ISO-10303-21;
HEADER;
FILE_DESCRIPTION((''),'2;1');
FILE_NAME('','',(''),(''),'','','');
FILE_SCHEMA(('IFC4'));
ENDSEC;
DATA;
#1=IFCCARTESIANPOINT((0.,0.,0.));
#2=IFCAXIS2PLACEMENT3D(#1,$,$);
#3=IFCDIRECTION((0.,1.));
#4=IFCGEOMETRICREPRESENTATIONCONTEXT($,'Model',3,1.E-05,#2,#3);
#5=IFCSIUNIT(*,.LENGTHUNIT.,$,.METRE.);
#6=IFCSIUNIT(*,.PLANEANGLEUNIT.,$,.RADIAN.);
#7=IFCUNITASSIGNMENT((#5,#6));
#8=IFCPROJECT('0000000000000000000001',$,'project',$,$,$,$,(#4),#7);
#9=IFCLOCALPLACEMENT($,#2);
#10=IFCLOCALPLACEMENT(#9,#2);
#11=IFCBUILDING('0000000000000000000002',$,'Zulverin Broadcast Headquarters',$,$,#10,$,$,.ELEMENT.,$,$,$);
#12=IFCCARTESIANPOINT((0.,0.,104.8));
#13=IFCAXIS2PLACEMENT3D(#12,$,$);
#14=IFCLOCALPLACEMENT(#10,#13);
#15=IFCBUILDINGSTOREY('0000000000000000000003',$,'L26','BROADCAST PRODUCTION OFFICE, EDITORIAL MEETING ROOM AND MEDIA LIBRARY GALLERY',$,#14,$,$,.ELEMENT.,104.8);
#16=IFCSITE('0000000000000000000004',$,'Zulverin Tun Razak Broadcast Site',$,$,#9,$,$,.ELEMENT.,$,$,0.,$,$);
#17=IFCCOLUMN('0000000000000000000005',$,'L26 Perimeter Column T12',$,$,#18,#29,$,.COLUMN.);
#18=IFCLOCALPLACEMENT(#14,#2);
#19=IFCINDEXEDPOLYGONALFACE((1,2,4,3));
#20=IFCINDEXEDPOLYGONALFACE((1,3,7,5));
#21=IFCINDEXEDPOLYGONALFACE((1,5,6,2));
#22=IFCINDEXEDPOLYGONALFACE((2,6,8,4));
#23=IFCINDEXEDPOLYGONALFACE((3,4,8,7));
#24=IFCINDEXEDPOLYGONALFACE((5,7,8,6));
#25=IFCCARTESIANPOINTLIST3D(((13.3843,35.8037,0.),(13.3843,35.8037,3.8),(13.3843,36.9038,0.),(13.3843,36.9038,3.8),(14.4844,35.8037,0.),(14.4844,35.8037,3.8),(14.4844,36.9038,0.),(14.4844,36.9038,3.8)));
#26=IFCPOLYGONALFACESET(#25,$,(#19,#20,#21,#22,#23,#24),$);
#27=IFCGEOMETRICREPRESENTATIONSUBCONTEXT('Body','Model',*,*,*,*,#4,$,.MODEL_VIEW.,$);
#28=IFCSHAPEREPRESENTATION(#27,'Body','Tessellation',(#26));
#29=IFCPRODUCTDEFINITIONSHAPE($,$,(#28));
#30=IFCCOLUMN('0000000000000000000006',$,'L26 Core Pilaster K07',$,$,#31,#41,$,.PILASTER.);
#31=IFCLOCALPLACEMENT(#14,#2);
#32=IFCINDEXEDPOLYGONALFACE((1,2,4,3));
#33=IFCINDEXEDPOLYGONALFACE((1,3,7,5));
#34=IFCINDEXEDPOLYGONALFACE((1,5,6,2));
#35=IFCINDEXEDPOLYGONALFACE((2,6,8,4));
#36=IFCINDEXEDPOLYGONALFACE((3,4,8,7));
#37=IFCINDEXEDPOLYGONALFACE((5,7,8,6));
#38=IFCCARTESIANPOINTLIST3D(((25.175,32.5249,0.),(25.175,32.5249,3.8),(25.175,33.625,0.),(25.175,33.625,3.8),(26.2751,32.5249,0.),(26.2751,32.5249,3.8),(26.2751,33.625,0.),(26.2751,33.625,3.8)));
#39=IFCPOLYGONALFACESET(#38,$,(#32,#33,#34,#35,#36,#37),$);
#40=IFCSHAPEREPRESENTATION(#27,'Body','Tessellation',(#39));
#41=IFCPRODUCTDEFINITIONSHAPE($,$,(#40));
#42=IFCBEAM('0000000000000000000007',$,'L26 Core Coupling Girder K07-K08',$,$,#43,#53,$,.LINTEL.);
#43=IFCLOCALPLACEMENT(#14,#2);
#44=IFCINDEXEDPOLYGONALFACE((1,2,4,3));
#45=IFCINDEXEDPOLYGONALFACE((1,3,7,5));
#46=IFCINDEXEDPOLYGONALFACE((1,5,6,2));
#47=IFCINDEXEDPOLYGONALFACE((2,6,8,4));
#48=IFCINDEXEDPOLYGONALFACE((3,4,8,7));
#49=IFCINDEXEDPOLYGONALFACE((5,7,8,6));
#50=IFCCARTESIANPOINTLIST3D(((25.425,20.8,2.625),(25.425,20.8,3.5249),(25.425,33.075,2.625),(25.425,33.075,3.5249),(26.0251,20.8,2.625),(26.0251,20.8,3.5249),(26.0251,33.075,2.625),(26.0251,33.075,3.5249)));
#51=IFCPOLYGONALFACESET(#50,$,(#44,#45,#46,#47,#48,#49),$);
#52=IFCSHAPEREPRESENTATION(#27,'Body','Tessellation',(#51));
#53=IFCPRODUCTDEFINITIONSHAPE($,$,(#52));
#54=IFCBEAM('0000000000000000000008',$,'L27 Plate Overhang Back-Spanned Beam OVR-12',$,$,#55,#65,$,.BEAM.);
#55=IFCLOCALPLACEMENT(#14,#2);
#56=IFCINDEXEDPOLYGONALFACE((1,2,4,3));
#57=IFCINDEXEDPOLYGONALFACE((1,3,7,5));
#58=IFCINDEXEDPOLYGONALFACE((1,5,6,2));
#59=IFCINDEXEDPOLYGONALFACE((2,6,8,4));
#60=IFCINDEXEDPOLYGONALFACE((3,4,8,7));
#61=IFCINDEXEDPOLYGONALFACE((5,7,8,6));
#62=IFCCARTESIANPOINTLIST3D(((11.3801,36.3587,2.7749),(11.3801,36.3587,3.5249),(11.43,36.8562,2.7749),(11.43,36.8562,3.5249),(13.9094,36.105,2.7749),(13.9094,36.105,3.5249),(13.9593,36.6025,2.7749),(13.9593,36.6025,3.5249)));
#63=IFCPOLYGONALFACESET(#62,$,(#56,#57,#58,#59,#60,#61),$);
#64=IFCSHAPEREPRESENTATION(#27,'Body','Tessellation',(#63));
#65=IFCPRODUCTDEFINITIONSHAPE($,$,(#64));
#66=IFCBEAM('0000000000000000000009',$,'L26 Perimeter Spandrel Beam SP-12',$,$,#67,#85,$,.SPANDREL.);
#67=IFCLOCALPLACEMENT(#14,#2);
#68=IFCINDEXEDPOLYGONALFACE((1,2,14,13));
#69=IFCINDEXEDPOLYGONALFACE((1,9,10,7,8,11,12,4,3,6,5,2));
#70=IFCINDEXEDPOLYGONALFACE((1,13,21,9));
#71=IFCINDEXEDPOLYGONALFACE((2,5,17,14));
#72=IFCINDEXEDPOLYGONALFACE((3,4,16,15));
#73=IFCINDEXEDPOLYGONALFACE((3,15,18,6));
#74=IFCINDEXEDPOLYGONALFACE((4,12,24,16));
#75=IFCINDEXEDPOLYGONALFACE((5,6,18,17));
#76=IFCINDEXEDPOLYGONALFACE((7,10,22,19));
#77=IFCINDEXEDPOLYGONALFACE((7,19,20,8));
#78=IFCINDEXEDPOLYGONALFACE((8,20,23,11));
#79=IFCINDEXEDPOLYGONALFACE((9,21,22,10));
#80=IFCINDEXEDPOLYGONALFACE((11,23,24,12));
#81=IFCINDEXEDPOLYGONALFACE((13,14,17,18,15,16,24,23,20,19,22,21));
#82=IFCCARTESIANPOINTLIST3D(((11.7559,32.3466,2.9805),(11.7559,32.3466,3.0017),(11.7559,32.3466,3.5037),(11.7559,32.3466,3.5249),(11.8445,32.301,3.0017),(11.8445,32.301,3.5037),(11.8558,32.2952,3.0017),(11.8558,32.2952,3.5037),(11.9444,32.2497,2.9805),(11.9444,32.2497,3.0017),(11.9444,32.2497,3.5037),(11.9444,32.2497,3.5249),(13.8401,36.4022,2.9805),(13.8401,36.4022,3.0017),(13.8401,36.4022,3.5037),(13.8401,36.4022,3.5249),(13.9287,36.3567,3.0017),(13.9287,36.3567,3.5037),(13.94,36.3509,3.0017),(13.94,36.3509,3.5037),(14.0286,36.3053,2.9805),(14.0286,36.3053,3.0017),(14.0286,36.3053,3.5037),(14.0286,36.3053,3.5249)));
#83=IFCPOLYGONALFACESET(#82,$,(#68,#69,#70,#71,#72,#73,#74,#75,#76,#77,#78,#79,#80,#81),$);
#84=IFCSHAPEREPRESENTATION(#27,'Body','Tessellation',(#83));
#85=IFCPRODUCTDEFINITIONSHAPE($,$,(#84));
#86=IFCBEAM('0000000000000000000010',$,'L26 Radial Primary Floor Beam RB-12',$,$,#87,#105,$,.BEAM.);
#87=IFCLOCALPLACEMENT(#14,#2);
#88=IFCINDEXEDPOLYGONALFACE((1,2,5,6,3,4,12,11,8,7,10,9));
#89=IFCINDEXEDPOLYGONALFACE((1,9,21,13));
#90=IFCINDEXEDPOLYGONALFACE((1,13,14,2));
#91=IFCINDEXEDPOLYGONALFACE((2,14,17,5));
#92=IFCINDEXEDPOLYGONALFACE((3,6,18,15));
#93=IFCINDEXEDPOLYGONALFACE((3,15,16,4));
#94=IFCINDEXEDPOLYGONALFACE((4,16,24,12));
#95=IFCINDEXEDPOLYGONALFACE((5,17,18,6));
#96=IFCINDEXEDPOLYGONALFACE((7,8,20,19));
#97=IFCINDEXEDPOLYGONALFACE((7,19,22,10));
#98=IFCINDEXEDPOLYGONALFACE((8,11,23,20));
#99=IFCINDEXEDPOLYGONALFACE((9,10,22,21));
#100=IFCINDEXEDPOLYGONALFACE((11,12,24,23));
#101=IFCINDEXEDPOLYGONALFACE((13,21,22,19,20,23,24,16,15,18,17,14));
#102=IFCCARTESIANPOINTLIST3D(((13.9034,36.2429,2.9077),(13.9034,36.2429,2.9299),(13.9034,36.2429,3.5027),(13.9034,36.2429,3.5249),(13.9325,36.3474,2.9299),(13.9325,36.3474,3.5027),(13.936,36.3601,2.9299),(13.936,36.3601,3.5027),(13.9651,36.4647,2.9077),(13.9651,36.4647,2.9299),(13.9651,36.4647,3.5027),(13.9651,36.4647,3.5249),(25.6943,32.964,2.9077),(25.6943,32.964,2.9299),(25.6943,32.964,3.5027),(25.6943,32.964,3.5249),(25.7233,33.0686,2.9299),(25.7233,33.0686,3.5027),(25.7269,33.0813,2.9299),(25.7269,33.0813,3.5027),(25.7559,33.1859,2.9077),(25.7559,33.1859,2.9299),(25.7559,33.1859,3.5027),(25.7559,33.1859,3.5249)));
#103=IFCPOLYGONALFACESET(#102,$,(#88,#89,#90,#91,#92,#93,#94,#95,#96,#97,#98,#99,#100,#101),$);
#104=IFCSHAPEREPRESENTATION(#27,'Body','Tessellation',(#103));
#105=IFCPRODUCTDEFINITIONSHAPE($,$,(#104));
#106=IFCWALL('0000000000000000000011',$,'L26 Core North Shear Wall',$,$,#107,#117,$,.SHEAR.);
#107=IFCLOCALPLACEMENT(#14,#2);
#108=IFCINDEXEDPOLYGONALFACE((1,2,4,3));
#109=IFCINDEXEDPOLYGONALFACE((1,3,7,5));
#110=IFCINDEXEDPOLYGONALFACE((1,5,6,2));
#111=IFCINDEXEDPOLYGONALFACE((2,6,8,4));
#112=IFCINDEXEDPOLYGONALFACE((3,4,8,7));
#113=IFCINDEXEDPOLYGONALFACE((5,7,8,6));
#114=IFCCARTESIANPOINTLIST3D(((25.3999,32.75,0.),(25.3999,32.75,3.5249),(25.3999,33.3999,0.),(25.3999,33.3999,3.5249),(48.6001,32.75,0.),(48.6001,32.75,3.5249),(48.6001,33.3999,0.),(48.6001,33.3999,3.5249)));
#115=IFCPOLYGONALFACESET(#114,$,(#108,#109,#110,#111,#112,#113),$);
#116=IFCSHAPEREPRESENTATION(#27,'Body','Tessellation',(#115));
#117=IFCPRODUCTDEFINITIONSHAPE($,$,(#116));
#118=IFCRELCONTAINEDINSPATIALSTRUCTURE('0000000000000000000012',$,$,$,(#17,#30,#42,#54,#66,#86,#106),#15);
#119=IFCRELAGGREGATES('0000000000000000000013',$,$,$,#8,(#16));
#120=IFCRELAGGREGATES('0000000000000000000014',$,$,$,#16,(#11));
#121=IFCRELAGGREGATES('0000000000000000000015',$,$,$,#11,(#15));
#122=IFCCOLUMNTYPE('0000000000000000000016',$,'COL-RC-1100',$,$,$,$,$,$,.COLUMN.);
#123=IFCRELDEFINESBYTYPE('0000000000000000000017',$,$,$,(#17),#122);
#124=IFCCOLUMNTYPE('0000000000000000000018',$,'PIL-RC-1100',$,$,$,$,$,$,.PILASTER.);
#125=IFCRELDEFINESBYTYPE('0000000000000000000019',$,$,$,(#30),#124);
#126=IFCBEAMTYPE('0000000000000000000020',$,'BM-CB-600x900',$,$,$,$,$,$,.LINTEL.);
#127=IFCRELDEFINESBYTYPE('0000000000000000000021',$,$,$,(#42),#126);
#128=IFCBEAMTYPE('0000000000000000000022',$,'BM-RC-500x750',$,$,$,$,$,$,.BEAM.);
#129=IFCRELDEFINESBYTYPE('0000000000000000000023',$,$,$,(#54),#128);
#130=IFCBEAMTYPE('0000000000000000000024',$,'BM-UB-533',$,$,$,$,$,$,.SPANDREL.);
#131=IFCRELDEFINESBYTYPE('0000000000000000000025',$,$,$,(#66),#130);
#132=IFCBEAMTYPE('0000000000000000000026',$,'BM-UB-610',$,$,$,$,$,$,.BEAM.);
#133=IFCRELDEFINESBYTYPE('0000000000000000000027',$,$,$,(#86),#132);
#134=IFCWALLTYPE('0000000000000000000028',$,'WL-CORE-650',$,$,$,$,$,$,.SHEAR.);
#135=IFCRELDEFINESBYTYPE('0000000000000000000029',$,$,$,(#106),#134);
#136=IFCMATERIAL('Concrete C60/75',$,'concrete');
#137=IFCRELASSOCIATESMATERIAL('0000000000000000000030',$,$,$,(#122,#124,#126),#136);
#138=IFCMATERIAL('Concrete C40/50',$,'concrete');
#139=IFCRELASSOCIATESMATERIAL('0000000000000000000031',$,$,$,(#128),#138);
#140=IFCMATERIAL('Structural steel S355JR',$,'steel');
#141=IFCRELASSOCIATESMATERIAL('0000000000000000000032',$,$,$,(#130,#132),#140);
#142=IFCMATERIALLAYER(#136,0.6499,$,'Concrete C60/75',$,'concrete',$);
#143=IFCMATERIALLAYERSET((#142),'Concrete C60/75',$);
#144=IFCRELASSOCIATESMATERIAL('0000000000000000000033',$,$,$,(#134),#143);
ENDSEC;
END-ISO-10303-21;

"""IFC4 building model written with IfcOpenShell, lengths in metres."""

from ifc_helpers import new_model, si_unit, direction, frame, frame_2d, origin, origin_2d, place, context, subcontext, project, spatial, rectangle, i_section, extrude, material, layer, layer_set, material_profile, profile_set, type_object, element, save


model = new_model("IFC4")

# Units and contexts
model_context = context("Model", 3, precision=1e-05, world=origin(), true_north=direction((0.0, 1.0)))
body_context = subcontext(model_context, "Body", "Model", "MODEL_VIEW")
ifc_project = project(units=[si_unit("LENGTHUNIT", "METRE"), si_unit("PLANEANGLEUNIT", "RADIAN")], contexts=[model_context])

# Site, building, storey
site_placement = place(None, origin())
site = spatial("IfcSite", under=ifc_project, at=site_placement, Name="Zulverin Tun Razak Broadcast Site", CompositionType="ELEMENT", RefElevation=0.0)
building_placement = place(site_placement, origin())
building = spatial("IfcBuilding", under=site, at=building_placement, Name="Zulverin Broadcast Headquarters", CompositionType="ELEMENT")
storey_placement = place(building_placement, frame((0.0, 0.0, 104.8)))
storey = spatial("IfcBuildingStorey", under=building, at=storey_placement, Name="L26", Description="BROADCAST PRODUCTION OFFICE, EDITORIAL MEETING ROOM AND MEDIA LIBRARY GALLERY", CompositionType="ELEMENT", Elevation=104.8)

# Columns
ifc_material_1 = material(Name="Concrete C60/75", Category="concrete")
ifc_material_profile_1 = material_profile(ifc_material_1, rectangle(XDim=1.1001, YDim=1.1001, at=origin_2d()), Name="Concrete C60/75", Category="concrete")
ifc_profile_set_1 = profile_set([ifc_material_profile_1], Name="Concrete C60/75")
column_type_1 = type_object("IfcColumnType", Name="COL-RC-1100", PredefinedType="COLUMN", material=ifc_profile_set_1)
column_1_placement = place(storey_placement, frame((13.9343, 36.3538, 0.0), z_axis=(0.0, 0.0, 1.0), x_axis=(1.0, 0.0, 0.0)))
element("IfcColumn", 1, at=column_1_placement, inside=storey, type_object=column_type_1, Name="L26 Perimeter Column T12", PredefinedType="COLUMN", context=body_context, shape_type="SweptSolid", body=[
    extrude(rectangle(XDim=1.1001, YDim=1.1001, at=origin_2d()), origin(), (0.0, 0.0, 1.0), 3.8),
])
ifc_material_profile_2 = material_profile(ifc_material_1, rectangle(XDim=1.1001, YDim=1.1001, at=origin_2d()), Name="Concrete C60/75", Category="concrete")
ifc_profile_set_2 = profile_set([ifc_material_profile_2], Name="Concrete C60/75")
column_type_2 = type_object("IfcColumnType", Name="PIL-RC-1100", PredefinedType="PILASTER", material=ifc_profile_set_2)
column_2_placement = place(storey_placement, frame((25.7251, 33.075, 0.0), z_axis=(0.0, 0.0, 1.0), x_axis=(1.0, 0.0, 0.0)))
element("IfcColumn", 2, at=column_2_placement, inside=storey, type_object=column_type_2, Name="L26 Core Pilaster K07", PredefinedType="PILASTER", context=body_context, shape_type="SweptSolid", body=[
    extrude(rectangle(XDim=1.1001, YDim=1.1001, at=origin_2d()), origin(), (0.0, 0.0, 1.0), 3.8),
])

# Beams
ifc_material_profile_3 = material_profile(ifc_material_1, rectangle(XDim=0.6001, YDim=0.8999, at=origin_2d()), Name="Concrete C60/75", Category="concrete")
ifc_profile_set_3 = profile_set([ifc_material_profile_3], Name="Concrete C60/75")
beam_type_1 = type_object("IfcBeamType", Name="BM-CB-600x900", PredefinedType="LINTEL", material=ifc_profile_set_3)
beam_1_placement = place(storey_placement, frame((25.7251, 33.075, 3.075), z_axis=(0.0, -1.0, 0.0), x_axis=(1.0, 0.0, 0.0)))
element("IfcBeam", 3, at=beam_1_placement, inside=storey, type_object=beam_type_1, Name="L26 Core Coupling Girder K07-K08", PredefinedType="LINTEL", context=body_context, shape_type="SweptSolid", body=[
    extrude(rectangle(XDim=0.6001, YDim=0.8999, at=origin_2d()), origin(), (0.0, 0.0, 1.0), 12.2749),
])
ifc_material_2 = material(Name="Concrete C40/50", Category="concrete")
ifc_material_profile_4 = material_profile(ifc_material_2, rectangle(XDim=0.5, YDim=0.75, at=origin_2d()), Name="Concrete C40/50", Category="concrete")
ifc_profile_set_4 = profile_set([ifc_material_profile_4], Name="Concrete C40/50")
beam_type_2 = type_object("IfcBeamType", Name="BM-RC-500x750", PredefinedType="BEAM", material=ifc_profile_set_4)
beam_2_placement = place(storey_placement, frame((13.9343, 36.3538, 3.1499), z_axis=(-0.995009, 0.099789, 0.0), x_axis=(-0.099789, -0.995009, 0.0)))
element("IfcBeam", 4, at=beam_2_placement, inside=storey, type_object=beam_type_2, Name="L27 Plate Overhang Back-Spanned Beam OVR-12", PredefinedType="BEAM", context=body_context, shape_type="SweptSolid", body=[
    extrude(rectangle(XDim=0.5, YDim=0.75, at=origin_2d()), origin(), (0.0, 0.0, 1.0), 2.542),
])
ifc_material_3 = material(Name="Structural steel S355JR", Category="steel")
ifc_material_profile_5 = material_profile(ifc_material_3, i_section(OverallWidth=0.2119, OverallDepth=0.5444, WebThickness=0.0127, FlangeThickness=0.0212, at=origin_2d()), Name="Structural steel S355JR", Category="steel")
ifc_profile_set_5 = profile_set([ifc_material_profile_5], Name="Structural steel S355JR")
beam_type_3 = type_object("IfcBeamType", Name="BM-UB-533", PredefinedType="SPANDREL", material=ifc_profile_set_5)
beam_3_placement = place(storey_placement, frame((13.9343, 36.3538, 3.2527), z_axis=(-0.457081, -0.889425, 0.0), x_axis=(0.889425, -0.457081, 0.0)))
element("IfcBeam", 5, at=beam_3_placement, inside=storey, type_object=beam_type_3, Name="L26 Perimeter Spandrel Beam SP-12", PredefinedType="SPANDREL", context=body_context, shape_type="SweptSolid", body=[
    extrude(i_section(OverallWidth=0.2119, OverallDepth=0.5444, WebThickness=0.0127, FlangeThickness=0.0212, at=origin_2d()), origin(), (0.0, 0.0, 1.0), 4.5598),
])
ifc_material_profile_6 = material_profile(ifc_material_3, i_section(OverallWidth=0.2302, OverallDepth=0.6172, WebThickness=0.0132, FlangeThickness=0.0222, at=origin_2d()), Name="Structural steel S355JR", Category="steel")
ifc_profile_set_6 = profile_set([ifc_material_profile_6], Name="Structural steel S355JR")
beam_type_4 = type_object("IfcBeamType", Name="BM-UB-610", PredefinedType="BEAM", material=ifc_profile_set_6)
beam_4_placement = place(storey_placement, frame((25.7251, 33.075, 3.2163), z_axis=(-0.963442, 0.267917, 0.0), x_axis=(-0.267917, -0.963442, 0.0)))
element("IfcBeam", 6, at=beam_4_placement, inside=storey, type_object=beam_type_4, Name="L26 Radial Primary Floor Beam RB-12", PredefinedType="BEAM", context=body_context, shape_type="SweptSolid", body=[
    extrude(i_section(OverallWidth=0.2302, OverallDepth=0.6172, WebThickness=0.0132, FlangeThickness=0.0222, at=origin_2d()), origin(), (0.0, 0.0, 1.0), 12.2383),
])

# Wall
ifc_layer_1 = layer(ifc_material_1, 0.6499, Name="Concrete C60/75", Category="concrete")
ifc_layer_set_1 = layer_set([ifc_layer_1], Name="Concrete C60/75")
wall_type_1 = type_object("IfcWallType", Name="WL-CORE-650", PredefinedType="SHEAR", material=ifc_layer_set_1)
wall_1_placement = place(storey_placement, frame((25.3999, 33.075, 0.0), z_axis=(0.0, 0.0, 1.0), x_axis=(1.0, 0.0, 0.0)))
element("IfcWall", 7, at=wall_1_placement, inside=storey, type_object=wall_type_1, Name="L26 Core North Shear Wall", PredefinedType="SHEAR", context=body_context, shape_type="SweptSolid", body=[
    extrude(rectangle(XDim=23.2002, YDim=0.6499, at=frame_2d((11.6001, 0.0))), origin(), (0.0, 0.0, 1.0), 3.5249),
])

save(model, "model.ifc")
